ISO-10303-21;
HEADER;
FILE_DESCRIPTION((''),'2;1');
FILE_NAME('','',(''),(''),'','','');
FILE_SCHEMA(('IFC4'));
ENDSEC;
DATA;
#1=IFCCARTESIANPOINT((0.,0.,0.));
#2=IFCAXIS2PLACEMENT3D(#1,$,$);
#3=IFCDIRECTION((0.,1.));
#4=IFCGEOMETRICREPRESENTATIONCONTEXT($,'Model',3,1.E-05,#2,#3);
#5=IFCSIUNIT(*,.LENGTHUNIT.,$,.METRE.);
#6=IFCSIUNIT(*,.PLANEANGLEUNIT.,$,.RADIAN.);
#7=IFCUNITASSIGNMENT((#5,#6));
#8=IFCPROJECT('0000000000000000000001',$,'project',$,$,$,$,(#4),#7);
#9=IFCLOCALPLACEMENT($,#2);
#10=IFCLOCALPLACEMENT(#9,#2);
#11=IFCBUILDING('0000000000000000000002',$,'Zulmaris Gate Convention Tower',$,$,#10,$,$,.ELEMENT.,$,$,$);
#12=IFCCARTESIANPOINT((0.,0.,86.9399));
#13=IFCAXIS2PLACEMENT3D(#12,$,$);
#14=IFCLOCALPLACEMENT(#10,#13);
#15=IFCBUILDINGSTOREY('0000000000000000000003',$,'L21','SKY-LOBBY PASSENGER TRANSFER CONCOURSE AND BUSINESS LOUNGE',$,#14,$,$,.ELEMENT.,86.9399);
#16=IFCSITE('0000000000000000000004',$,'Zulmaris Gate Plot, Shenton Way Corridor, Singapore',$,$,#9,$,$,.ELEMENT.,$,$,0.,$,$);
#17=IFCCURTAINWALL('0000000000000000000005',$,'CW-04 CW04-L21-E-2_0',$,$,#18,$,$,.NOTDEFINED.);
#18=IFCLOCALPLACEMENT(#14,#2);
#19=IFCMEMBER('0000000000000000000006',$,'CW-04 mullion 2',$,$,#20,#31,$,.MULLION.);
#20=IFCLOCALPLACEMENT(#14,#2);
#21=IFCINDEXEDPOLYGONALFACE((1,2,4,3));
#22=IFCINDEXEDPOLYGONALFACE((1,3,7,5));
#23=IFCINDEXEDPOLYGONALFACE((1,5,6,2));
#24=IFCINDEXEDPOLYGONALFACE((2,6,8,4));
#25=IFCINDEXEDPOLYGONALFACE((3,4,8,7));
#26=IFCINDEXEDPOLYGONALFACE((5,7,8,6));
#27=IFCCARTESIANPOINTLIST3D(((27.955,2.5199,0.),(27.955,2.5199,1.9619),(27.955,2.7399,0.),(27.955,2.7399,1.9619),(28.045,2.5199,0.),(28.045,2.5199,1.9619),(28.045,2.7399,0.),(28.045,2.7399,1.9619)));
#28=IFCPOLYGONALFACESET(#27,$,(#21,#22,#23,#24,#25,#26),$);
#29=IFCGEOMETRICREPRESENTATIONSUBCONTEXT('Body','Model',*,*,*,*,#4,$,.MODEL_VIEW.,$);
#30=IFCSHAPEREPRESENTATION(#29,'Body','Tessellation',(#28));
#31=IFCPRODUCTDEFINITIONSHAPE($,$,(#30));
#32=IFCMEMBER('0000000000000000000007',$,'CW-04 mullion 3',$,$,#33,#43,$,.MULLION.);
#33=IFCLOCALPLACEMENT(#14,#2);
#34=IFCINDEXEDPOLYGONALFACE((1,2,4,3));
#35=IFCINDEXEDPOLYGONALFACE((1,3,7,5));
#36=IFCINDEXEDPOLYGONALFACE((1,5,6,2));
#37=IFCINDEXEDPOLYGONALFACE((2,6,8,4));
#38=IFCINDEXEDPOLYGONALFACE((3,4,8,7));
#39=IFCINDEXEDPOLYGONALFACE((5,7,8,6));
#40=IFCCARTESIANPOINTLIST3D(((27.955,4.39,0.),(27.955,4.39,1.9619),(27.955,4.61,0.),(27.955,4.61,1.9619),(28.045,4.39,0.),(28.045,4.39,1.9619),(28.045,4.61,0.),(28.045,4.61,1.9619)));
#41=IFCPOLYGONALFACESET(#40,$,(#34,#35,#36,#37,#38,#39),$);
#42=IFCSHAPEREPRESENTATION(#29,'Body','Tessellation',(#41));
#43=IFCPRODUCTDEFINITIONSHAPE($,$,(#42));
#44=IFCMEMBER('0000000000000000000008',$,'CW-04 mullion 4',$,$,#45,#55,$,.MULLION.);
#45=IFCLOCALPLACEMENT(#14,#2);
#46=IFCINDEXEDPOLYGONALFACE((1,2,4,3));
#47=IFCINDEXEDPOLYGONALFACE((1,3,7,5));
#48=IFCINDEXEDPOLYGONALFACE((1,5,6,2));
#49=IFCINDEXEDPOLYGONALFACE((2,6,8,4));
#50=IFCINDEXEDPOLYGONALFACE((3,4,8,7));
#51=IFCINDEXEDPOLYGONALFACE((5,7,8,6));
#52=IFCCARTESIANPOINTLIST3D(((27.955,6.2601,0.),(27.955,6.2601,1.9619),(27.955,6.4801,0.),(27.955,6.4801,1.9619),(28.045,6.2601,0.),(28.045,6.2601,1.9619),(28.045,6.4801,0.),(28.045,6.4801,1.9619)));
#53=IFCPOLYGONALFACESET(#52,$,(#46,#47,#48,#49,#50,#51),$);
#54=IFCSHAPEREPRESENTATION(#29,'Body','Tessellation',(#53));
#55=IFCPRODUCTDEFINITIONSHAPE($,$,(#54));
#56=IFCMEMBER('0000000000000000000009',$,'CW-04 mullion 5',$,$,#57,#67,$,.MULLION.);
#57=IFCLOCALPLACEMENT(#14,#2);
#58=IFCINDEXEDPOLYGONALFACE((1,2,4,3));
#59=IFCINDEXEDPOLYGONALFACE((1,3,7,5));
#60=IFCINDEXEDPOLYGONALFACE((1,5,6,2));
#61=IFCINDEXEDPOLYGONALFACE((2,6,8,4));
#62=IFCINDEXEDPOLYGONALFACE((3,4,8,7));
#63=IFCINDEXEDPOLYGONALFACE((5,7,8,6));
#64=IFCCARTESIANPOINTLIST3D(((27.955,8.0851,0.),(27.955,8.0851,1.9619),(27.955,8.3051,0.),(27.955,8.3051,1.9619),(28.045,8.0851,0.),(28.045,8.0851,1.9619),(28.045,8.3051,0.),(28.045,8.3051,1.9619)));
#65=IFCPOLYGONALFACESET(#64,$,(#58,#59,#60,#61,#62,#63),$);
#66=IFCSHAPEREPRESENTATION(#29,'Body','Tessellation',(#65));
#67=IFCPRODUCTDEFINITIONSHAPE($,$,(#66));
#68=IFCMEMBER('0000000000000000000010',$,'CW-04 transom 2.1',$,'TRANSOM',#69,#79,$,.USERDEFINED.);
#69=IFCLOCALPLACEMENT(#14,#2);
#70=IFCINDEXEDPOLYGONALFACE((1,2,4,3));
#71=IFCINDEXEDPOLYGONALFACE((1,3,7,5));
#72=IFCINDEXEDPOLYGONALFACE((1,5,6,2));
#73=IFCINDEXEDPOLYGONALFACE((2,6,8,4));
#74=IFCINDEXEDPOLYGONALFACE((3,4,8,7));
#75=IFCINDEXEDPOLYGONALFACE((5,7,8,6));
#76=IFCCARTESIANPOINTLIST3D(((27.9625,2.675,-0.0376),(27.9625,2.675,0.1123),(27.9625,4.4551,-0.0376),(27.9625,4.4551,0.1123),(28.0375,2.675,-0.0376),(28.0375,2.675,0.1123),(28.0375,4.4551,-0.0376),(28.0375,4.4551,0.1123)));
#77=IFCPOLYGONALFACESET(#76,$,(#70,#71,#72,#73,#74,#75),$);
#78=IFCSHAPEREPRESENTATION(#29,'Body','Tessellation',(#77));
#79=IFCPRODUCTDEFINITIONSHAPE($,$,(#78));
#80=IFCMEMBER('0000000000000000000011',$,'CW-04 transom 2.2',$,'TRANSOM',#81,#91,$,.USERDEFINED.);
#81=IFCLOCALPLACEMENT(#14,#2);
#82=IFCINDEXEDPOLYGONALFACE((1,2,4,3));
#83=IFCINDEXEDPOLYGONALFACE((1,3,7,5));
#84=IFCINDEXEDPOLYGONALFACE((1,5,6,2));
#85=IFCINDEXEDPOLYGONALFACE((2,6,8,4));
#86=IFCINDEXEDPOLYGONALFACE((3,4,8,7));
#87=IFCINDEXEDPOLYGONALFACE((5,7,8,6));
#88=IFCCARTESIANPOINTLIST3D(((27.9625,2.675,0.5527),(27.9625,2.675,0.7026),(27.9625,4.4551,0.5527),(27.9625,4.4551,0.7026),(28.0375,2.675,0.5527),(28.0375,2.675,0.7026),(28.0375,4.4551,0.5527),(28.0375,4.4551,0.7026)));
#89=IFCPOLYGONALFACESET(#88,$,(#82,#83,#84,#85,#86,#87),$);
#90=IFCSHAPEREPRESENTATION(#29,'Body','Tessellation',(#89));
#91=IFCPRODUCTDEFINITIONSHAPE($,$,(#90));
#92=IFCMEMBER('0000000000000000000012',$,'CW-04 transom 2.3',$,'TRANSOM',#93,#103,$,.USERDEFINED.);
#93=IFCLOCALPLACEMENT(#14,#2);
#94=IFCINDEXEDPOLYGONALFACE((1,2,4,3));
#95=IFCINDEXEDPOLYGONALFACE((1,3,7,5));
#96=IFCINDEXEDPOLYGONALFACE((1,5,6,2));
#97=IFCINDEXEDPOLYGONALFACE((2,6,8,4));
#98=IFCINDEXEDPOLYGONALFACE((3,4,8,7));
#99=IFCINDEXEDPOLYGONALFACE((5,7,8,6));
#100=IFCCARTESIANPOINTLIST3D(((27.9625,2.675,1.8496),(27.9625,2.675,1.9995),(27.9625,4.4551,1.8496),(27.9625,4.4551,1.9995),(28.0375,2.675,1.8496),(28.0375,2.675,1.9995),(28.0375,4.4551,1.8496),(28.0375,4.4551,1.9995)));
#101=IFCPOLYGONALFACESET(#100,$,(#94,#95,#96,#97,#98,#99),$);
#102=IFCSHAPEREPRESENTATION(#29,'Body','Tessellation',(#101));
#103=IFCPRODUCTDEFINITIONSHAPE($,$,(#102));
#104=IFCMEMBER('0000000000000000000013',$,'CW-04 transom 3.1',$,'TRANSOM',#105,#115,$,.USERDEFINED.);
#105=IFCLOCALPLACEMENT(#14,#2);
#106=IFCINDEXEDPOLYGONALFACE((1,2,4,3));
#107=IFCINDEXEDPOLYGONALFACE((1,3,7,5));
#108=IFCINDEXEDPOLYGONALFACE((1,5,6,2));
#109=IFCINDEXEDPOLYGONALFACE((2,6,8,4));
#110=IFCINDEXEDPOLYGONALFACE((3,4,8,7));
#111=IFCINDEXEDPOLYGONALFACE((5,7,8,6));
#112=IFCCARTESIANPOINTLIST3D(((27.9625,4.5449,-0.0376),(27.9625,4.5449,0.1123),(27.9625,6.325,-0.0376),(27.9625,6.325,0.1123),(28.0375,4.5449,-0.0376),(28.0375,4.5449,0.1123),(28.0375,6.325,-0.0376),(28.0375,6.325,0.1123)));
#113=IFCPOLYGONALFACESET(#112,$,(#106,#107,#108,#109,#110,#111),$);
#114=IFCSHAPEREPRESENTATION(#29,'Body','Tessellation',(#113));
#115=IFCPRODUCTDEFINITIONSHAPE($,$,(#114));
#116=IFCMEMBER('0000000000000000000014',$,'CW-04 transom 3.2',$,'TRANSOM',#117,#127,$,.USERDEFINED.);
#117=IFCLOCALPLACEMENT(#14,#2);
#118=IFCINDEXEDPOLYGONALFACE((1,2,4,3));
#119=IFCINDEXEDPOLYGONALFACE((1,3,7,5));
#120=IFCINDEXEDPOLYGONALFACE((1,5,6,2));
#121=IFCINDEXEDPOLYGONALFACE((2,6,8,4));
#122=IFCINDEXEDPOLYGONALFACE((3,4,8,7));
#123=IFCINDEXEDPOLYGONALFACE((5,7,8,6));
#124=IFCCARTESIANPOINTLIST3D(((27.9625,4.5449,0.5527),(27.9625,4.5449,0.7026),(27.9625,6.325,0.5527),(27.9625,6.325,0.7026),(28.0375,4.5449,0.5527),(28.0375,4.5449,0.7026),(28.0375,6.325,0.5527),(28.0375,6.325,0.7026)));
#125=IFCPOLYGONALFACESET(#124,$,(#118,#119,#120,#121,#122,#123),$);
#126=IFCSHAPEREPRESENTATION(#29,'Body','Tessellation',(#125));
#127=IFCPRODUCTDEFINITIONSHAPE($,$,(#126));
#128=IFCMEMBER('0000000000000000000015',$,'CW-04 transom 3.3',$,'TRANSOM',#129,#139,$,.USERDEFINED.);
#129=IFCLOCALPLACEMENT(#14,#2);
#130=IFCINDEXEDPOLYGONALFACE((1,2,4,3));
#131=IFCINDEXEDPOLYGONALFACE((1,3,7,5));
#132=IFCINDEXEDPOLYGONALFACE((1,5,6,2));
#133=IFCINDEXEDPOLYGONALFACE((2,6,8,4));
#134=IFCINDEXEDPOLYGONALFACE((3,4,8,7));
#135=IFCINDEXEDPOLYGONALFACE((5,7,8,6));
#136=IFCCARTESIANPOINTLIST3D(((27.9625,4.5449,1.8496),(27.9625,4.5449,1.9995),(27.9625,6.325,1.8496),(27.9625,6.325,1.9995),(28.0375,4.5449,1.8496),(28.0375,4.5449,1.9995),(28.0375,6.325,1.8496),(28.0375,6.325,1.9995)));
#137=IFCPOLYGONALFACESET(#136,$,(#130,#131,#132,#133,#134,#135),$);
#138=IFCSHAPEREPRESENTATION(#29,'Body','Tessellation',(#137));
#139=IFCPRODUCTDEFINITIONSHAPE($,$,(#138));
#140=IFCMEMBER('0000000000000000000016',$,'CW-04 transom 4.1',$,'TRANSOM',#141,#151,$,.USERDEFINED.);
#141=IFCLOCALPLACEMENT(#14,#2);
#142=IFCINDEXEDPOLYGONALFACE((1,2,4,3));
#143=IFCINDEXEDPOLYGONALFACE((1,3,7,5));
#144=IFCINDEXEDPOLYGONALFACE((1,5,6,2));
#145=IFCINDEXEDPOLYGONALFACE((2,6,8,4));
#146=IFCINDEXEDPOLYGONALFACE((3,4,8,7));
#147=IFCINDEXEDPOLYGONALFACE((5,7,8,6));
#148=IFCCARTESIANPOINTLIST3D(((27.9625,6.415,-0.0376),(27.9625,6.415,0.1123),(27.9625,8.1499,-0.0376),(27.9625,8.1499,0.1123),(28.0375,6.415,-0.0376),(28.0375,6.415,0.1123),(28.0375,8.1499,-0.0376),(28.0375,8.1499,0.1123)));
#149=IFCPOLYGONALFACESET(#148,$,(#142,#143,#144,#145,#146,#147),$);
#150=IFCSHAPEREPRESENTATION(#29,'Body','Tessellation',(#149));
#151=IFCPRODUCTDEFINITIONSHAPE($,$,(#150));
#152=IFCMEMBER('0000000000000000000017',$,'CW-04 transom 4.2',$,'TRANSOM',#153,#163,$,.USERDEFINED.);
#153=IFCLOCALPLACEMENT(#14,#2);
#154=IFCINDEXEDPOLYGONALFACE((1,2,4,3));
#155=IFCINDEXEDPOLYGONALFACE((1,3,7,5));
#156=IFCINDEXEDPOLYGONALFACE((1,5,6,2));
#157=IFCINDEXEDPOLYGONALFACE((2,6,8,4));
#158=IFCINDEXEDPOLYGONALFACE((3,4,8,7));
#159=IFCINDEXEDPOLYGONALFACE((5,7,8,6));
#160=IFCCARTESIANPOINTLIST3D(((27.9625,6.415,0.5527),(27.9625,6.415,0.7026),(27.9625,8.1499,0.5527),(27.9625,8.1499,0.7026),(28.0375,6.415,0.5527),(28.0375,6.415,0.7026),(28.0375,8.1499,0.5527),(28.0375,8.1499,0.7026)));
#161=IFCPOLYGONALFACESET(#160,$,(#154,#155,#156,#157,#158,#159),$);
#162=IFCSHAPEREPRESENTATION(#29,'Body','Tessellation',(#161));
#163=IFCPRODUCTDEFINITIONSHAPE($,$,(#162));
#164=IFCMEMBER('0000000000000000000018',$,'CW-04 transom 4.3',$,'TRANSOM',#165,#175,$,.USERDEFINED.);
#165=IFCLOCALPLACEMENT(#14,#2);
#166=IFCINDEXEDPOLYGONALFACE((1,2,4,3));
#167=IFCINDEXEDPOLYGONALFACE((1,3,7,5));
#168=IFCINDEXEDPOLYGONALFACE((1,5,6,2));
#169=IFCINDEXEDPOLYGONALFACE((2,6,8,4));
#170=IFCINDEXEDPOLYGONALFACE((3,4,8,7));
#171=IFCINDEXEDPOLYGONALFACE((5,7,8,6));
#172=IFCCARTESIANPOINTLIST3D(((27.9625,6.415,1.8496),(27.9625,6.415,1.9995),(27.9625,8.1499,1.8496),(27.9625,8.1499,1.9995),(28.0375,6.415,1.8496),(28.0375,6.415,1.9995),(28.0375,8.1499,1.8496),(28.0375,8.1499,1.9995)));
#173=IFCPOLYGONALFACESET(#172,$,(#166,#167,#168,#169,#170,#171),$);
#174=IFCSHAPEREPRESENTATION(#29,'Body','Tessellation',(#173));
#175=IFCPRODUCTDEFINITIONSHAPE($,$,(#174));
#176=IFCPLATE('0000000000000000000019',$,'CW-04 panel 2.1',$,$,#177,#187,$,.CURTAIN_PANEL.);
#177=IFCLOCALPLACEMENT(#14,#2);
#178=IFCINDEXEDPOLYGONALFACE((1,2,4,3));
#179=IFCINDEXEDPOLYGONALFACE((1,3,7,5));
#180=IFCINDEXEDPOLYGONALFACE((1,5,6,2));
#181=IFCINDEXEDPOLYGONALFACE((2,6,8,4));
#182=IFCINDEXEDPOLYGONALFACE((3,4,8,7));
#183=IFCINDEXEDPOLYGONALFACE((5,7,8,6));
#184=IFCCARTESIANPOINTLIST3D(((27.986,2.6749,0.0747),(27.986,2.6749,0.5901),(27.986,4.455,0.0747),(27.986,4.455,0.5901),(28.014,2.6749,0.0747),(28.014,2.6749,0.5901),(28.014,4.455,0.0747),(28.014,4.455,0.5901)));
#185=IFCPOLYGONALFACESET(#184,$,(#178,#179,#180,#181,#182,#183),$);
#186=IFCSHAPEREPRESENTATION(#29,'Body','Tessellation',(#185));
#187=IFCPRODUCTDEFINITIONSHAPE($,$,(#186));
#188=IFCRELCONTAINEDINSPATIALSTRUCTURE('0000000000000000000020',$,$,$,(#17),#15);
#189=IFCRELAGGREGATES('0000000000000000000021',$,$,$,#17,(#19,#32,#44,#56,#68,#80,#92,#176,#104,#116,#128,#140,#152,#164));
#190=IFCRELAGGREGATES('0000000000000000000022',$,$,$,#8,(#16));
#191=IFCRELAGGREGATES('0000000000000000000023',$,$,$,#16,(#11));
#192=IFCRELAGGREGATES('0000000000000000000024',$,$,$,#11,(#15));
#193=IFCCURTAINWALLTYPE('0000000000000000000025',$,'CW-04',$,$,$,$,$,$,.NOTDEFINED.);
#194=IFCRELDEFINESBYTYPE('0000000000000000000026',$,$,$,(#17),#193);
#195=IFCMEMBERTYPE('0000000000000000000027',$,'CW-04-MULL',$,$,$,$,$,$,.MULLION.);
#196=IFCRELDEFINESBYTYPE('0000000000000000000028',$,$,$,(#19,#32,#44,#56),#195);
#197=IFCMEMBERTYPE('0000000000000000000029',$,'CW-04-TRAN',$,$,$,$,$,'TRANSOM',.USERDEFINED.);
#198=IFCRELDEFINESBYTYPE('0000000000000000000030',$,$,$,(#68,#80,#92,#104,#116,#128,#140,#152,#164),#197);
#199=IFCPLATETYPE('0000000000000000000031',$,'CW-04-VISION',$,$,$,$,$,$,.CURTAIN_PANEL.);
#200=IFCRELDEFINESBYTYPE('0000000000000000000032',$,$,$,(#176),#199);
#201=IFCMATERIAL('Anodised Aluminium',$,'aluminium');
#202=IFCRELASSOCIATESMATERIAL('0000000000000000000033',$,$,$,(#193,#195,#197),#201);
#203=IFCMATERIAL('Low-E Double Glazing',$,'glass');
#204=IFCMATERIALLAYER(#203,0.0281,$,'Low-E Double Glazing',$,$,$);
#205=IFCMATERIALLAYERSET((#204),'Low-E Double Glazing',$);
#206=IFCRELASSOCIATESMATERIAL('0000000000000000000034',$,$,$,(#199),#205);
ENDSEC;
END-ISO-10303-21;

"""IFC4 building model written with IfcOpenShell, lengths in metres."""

from ifc_helpers import new_model, si_unit, direction, frame, origin, origin_2d, place, context, subcontext, project, spatial, rectangle, extrude, material, layer, layer_set, material_profile, profile_set, type_object, element, aggregate, save


model = new_model("IFC4")

# Units and contexts
model_context = context("Model", 3, precision=1e-05, world=origin(), true_north=direction((0.0, 1.0)))
body_context = subcontext(model_context, "Body", "Model", "MODEL_VIEW")
ifc_project = project(units=[si_unit("LENGTHUNIT", "METRE"), si_unit("PLANEANGLEUNIT", "RADIAN")], contexts=[model_context])

# Site, building, storey
site_placement = place(None, origin())
site = spatial("IfcSite", under=ifc_project, at=site_placement, Name="Zulmaris Gate Plot, Shenton Way Corridor, Singapore", CompositionType="ELEMENT", RefElevation=0.0)
building_placement = place(site_placement, origin())
building = spatial("IfcBuilding", under=site, at=building_placement, Name="Zulmaris Gate Convention Tower", CompositionType="ELEMENT")
storey_placement = place(building_placement, frame((0.0, 0.0, 86.9399)))
storey = spatial("IfcBuildingStorey", under=building, at=storey_placement, Name="L21", Description="SKY-LOBBY PASSENGER TRANSFER CONCOURSE AND BUSINESS LOUNGE", CompositionType="ELEMENT", Elevation=86.9399)

# Curtain wall, members, plate
ifc_material_1 = material(Name="Anodised Aluminium", Category="aluminium")
curtain_wall_type = type_object("IfcCurtainWallType", Name="CW-04", PredefinedType="NOTDEFINED", material=ifc_material_1)
curtain_wall_placement = place(storey_placement, origin())
curtain_wall = element("IfcCurtainWall", 1, at=curtain_wall_placement, inside=storey, type_object=curtain_wall_type, Name="CW-04 CW04-L21-E-2_0", PredefinedType="NOTDEFINED")
ifc_material_profile_1 = material_profile(ifc_material_1, rectangle(XDim=0.0901, YDim=0.22, at=origin_2d()), Name="ALU MULLION 90x220")
ifc_profile_set_1 = profile_set([ifc_material_profile_1], Name="Anodised Aluminium")
member_type_1 = type_object("IfcMemberType", Name="CW-04-MULL", PredefinedType="MULLION", material=ifc_profile_set_1)
member_1_placement = place(storey_placement, frame((28.0, 2.6299, 0.0), z_axis=(0.0, 0.0, 1.0), x_axis=(-1.0, 0.0, 0.0)))
member_1 = element("IfcMember", 2, at=member_1_placement, type_object=member_type_1, Name="CW-04 mullion 2", PredefinedType="MULLION", context=body_context, shape_type="SweptSolid", body=[
    extrude(rectangle(XDim=0.0901, YDim=0.22, at=origin_2d()), origin(), (0.0, 0.0, 1.0), 1.9619),
])
member_2_placement = place(storey_placement, frame((28.0, 4.5, 0.0), z_axis=(0.0, 0.0, 1.0), x_axis=(-1.0, 0.0, 0.0)))
member_2 = element("IfcMember", 3, at=member_2_placement, type_object=member_type_1, Name="CW-04 mullion 3", PredefinedType="MULLION", context=body_context, shape_type="SweptSolid", body=[
    extrude(rectangle(XDim=0.0901, YDim=0.22, at=origin_2d()), origin(), (0.0, 0.0, 1.0), 1.9619),
])
member_3_placement = place(storey_placement, frame((28.0, 6.3701, 0.0), z_axis=(0.0, 0.0, 1.0), x_axis=(-1.0, 0.0, 0.0)))
member_3 = element("IfcMember", 4, at=member_3_placement, type_object=member_type_1, Name="CW-04 mullion 4", PredefinedType="MULLION", context=body_context, shape_type="SweptSolid", body=[
    extrude(rectangle(XDim=0.0901, YDim=0.22, at=origin_2d()), origin(), (0.0, 0.0, 1.0), 1.9619),
])
member_4_placement = place(storey_placement, frame((28.0, 8.1951, 0.0), z_axis=(0.0, 0.0, 1.0), x_axis=(-1.0, 0.0, 0.0)))
member_4 = element("IfcMember", 5, at=member_4_placement, type_object=member_type_1, Name="CW-04 mullion 5", PredefinedType="MULLION", context=body_context, shape_type="SweptSolid", body=[
    extrude(rectangle(XDim=0.0901, YDim=0.22, at=origin_2d()), origin(), (0.0, 0.0, 1.0), 1.9619),
])
ifc_material_profile_2 = material_profile(ifc_material_1, rectangle(XDim=0.075, YDim=0.1499, at=origin_2d()), Name="ALU TRANSOM 75x150")
ifc_profile_set_2 = profile_set([ifc_material_profile_2], Name="Anodised Aluminium")
member_type_2 = type_object("IfcMemberType", Name="CW-04-TRAN", ElementType="TRANSOM", PredefinedType="USERDEFINED", material=ifc_profile_set_2)
member_5_placement = place(storey_placement, frame((28.0, 2.675, 0.0374), z_axis=(0.0, 1.0, 0.0), x_axis=(-1.0, 0.0, 0.0)))
member_5 = element("IfcMember", 6, at=member_5_placement, type_object=member_type_2, Name="CW-04 transom 2.1", ObjectType="TRANSOM", PredefinedType="USERDEFINED", context=body_context, shape_type="SweptSolid", body=[
    extrude(rectangle(XDim=0.075, YDim=0.1499, at=origin_2d()), origin(), (0.0, 0.0, 1.0), 1.78),
])
member_6_placement = place(storey_placement, frame((28.0, 2.675, 0.6277), z_axis=(0.0, 1.0, 0.0), x_axis=(-1.0, 0.0, 0.0)))
member_6 = element("IfcMember", 7, at=member_6_placement, type_object=member_type_2, Name="CW-04 transom 2.2", ObjectType="TRANSOM", PredefinedType="USERDEFINED", context=body_context, shape_type="SweptSolid", body=[
    extrude(rectangle(XDim=0.075, YDim=0.1499, at=origin_2d()), origin(), (0.0, 0.0, 1.0), 1.78),
])
member_7_placement = place(storey_placement, frame((28.0, 2.675, 1.9246), z_axis=(0.0, 1.0, 0.0), x_axis=(-1.0, 0.0, 0.0)))
member_7 = element("IfcMember", 8, at=member_7_placement, type_object=member_type_2, Name="CW-04 transom 2.3", ObjectType="TRANSOM", PredefinedType="USERDEFINED", context=body_context, shape_type="SweptSolid", body=[
    extrude(rectangle(XDim=0.075, YDim=0.1499, at=origin_2d()), origin(), (0.0, 0.0, 1.0), 1.78),
])
member_8_placement = place(storey_placement, frame((28.0, 4.5449, 0.0374), z_axis=(0.0, 1.0, 0.0), x_axis=(-1.0, 0.0, 0.0)))
member_8 = element("IfcMember", 9, at=member_8_placement, type_object=member_type_2, Name="CW-04 transom 3.1", ObjectType="TRANSOM", PredefinedType="USERDEFINED", context=body_context, shape_type="SweptSolid", body=[
    extrude(rectangle(XDim=0.075, YDim=0.1499, at=origin_2d()), origin(), (0.0, 0.0, 1.0), 1.78),
])
member_9_placement = place(storey_placement, frame((28.0, 4.5449, 0.6277), z_axis=(0.0, 1.0, 0.0), x_axis=(-1.0, 0.0, 0.0)))
member_9 = element("IfcMember", 10, at=member_9_placement, type_object=member_type_2, Name="CW-04 transom 3.2", ObjectType="TRANSOM", PredefinedType="USERDEFINED", context=body_context, shape_type="SweptSolid", body=[
    extrude(rectangle(XDim=0.075, YDim=0.1499, at=origin_2d()), origin(), (0.0, 0.0, 1.0), 1.78),
])
member_10_placement = place(storey_placement, frame((28.0, 4.5449, 1.9246), z_axis=(0.0, 1.0, 0.0), x_axis=(-1.0, 0.0, 0.0)))
member_10 = element("IfcMember", 11, at=member_10_placement, type_object=member_type_2, Name="CW-04 transom 3.3", ObjectType="TRANSOM", PredefinedType="USERDEFINED", context=body_context, shape_type="SweptSolid", body=[
    extrude(rectangle(XDim=0.075, YDim=0.1499, at=origin_2d()), origin(), (0.0, 0.0, 1.0), 1.78),
])
member_11_placement = place(storey_placement, frame((28.0, 6.415, 0.0374), z_axis=(0.0, 1.0, 0.0), x_axis=(-1.0, 0.0, 0.0)))
member_11 = element("IfcMember", 12, at=member_11_placement, type_object=member_type_2, Name="CW-04 transom 4.1", ObjectType="TRANSOM", PredefinedType="USERDEFINED", context=body_context, shape_type="SweptSolid", body=[
    extrude(rectangle(XDim=0.075, YDim=0.1499, at=origin_2d()), origin(), (0.0, 0.0, 1.0), 1.7349),
])
member_12_placement = place(storey_placement, frame((28.0, 6.415, 0.6277), z_axis=(0.0, 1.0, 0.0), x_axis=(-1.0, 0.0, 0.0)))
member_12 = element("IfcMember", 13, at=member_12_placement, type_object=member_type_2, Name="CW-04 transom 4.2", ObjectType="TRANSOM", PredefinedType="USERDEFINED", context=body_context, shape_type="SweptSolid", body=[
    extrude(rectangle(XDim=0.075, YDim=0.1499, at=origin_2d()), origin(), (0.0, 0.0, 1.0), 1.7349),
])
member_13_placement = place(storey_placement, frame((28.0, 6.415, 1.9246), z_axis=(0.0, 1.0, 0.0), x_axis=(-1.0, 0.0, 0.0)))
member_13 = element("IfcMember", 14, at=member_13_placement, type_object=member_type_2, Name="CW-04 transom 4.3", ObjectType="TRANSOM", PredefinedType="USERDEFINED", context=body_context, shape_type="SweptSolid", body=[
    extrude(rectangle(XDim=0.075, YDim=0.1499, at=origin_2d()), origin(), (0.0, 0.0, 1.0), 1.7349),
])
ifc_material_2 = material(Name="Low-E Double Glazing", Category="glass")
ifc_layer_1 = layer(ifc_material_2, 0.0281, Name="Low-E Double Glazing")
ifc_layer_set_1 = layer_set([ifc_layer_1], Name="Low-E Double Glazing")
plate_type = type_object("IfcPlateType", Name="CW-04-VISION", PredefinedType="CURTAIN_PANEL", material=ifc_layer_set_1)
plate_1_placement = place(storey_placement, frame((28.0, 3.5649, 0.0747), z_axis=(0.0, 0.0, 1.0), x_axis=(0.0, 1.0, 0.0)))
plate_1 = element("IfcPlate", 15, at=plate_1_placement, type_object=plate_type, Name="CW-04 panel 2.1", PredefinedType="CURTAIN_PANEL", context=body_context, shape_type="SweptSolid", body=[
    extrude(rectangle(XDim=1.78, YDim=0.0281, at=origin_2d()), origin(), (0.0, 0.0, 1.0), 0.5154),
])
aggregate(curtain_wall, [member_1, member_2, member_3, member_4, member_5, member_6, member_7, plate_1, member_8, member_9, member_10, member_11, member_12, member_13])

save(model, "model.ifc")
